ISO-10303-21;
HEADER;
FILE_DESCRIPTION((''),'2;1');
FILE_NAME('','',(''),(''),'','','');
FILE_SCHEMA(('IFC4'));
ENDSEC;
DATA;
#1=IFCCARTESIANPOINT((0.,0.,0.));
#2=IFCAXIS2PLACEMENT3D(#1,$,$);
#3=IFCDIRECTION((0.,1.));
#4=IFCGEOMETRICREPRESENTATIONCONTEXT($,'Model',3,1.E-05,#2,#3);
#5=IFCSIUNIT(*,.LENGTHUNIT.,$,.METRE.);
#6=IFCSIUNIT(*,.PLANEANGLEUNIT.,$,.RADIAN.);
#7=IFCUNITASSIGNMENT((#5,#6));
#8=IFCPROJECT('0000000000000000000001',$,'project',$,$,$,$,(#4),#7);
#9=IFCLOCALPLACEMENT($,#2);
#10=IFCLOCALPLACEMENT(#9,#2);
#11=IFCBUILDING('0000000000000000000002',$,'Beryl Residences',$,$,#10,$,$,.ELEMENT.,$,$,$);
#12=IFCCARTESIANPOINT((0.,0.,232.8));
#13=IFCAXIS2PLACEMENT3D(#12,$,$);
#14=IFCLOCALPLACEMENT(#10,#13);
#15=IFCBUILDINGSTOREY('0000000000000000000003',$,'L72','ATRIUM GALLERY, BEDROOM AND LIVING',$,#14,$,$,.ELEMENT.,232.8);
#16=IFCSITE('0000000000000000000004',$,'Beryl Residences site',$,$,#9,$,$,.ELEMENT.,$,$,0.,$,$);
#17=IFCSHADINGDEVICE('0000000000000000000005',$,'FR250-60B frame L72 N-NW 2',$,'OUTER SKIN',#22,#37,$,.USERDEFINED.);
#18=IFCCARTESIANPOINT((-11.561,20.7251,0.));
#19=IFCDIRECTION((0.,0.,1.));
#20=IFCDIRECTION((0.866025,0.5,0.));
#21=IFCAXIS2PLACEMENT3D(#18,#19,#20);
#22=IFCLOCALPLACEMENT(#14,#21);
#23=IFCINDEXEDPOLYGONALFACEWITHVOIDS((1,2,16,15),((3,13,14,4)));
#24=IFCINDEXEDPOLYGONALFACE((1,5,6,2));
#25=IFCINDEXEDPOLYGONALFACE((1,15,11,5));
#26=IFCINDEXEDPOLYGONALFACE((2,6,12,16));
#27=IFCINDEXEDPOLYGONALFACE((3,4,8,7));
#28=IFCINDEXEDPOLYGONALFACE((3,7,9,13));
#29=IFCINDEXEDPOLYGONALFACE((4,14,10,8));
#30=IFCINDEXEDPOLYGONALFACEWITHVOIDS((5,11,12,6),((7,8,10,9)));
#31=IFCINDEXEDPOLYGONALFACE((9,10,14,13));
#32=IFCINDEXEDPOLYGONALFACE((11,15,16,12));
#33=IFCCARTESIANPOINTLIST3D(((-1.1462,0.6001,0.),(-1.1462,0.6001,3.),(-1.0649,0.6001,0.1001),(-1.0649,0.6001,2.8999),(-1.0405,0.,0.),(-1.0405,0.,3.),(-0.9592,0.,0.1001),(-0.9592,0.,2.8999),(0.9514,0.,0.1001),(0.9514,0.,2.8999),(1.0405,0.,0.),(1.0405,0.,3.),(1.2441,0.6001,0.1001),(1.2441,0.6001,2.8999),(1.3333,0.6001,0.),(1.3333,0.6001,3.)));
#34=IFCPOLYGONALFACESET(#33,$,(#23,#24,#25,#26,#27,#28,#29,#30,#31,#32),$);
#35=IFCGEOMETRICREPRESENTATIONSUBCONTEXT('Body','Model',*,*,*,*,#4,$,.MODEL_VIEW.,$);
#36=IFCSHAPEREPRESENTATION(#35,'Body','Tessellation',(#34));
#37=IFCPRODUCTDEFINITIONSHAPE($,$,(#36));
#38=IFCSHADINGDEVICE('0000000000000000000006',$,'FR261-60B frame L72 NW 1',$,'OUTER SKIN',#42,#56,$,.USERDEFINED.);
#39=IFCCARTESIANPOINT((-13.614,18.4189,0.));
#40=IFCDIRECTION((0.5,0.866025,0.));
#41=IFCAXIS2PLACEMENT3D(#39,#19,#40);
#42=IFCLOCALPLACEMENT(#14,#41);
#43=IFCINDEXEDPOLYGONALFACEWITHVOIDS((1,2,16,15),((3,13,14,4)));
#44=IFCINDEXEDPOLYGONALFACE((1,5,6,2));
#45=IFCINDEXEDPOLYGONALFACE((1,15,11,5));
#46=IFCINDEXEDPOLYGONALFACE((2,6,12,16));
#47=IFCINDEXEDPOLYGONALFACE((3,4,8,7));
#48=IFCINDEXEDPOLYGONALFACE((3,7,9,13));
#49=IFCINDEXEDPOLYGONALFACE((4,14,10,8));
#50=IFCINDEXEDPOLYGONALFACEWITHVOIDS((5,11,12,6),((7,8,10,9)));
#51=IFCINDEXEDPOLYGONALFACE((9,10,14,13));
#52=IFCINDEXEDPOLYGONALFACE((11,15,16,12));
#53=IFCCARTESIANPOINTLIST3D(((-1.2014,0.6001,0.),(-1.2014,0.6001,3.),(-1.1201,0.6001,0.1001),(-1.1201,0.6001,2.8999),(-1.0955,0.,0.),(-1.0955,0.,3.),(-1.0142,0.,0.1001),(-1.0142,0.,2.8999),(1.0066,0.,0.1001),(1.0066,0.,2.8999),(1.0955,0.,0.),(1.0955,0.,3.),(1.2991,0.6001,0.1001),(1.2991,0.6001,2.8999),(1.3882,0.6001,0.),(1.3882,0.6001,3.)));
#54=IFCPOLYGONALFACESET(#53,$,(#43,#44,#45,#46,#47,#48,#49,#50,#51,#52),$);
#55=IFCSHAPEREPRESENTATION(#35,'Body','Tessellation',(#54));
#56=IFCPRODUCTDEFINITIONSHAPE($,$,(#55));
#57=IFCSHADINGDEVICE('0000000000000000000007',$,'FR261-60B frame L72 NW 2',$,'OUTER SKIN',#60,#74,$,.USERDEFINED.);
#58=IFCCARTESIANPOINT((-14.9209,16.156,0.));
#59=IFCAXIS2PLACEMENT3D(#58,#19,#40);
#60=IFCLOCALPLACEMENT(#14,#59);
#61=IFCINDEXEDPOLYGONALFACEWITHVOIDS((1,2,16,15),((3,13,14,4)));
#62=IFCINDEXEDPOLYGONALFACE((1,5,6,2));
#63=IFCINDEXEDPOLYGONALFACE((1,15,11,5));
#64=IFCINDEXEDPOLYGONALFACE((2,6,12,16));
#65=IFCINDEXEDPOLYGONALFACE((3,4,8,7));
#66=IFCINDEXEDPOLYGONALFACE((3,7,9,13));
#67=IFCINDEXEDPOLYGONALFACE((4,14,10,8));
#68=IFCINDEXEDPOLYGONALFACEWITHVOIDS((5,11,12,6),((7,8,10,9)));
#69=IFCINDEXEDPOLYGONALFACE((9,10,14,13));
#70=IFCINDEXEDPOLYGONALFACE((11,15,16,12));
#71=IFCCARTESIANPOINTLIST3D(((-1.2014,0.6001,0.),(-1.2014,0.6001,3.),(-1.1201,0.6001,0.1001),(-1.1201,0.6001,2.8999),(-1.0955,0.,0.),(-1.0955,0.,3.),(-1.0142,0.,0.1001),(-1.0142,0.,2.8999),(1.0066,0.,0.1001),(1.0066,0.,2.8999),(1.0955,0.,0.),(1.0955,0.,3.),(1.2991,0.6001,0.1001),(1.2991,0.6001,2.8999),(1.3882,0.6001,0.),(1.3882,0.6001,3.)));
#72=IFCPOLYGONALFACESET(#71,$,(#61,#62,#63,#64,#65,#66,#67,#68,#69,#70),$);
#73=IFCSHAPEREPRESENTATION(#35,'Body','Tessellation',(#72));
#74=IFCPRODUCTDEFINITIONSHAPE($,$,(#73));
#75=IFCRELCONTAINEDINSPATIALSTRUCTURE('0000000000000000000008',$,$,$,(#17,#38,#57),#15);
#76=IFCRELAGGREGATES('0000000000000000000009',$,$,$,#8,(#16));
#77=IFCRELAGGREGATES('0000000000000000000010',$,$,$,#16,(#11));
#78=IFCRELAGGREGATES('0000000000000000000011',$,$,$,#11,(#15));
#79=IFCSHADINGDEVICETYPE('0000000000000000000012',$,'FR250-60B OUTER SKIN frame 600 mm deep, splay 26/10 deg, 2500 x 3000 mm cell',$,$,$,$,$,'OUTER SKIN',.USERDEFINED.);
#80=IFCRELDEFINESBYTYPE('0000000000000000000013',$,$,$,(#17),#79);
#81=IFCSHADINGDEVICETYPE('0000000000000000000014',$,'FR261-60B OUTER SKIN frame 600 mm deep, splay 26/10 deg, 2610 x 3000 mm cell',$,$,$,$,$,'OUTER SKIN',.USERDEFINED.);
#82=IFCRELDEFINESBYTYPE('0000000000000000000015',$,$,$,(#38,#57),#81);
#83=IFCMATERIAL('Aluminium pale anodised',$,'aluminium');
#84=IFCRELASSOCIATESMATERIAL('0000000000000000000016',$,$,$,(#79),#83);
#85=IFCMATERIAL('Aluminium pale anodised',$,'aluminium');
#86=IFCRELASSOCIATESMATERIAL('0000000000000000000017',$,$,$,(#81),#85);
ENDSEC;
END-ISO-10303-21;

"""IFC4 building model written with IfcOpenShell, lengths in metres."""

from ifc_helpers import new_model, entity, si_unit, direction, frame, origin, place, context, subcontext, project, spatial, source, transform, mapped, material, type_object, type_shapes, element, save


model = new_model("IFC4")

# Units and contexts
model_context = context("Model", 3, precision=1e-05, world=origin(), true_north=direction((0.0, 1.0)))
body_context = subcontext(model_context, "Body", "Model", "MODEL_VIEW")
ifc_project = project(units=[si_unit("LENGTHUNIT", "METRE"), si_unit("PLANEANGLEUNIT", "RADIAN")], contexts=[model_context])

# Site, building, storey
site_placement = place(None, origin())
site = spatial("IfcSite", under=ifc_project, at=site_placement, Name="Beryl Residences site", CompositionType="ELEMENT", RefElevation=0.0)
building_placement = place(site_placement, origin())
building = spatial("IfcBuilding", under=site, at=building_placement, Name="Beryl Residences", CompositionType="ELEMENT")
storey_placement = place(building_placement, frame((0.0, 0.0, 232.8)))
storey = spatial("IfcBuildingStorey", under=building, at=storey_placement, Name="L72", Description="ATRIUM GALLERY, BEDROOM AND LIVING", CompositionType="ELEMENT", Elevation=232.8)

# Shading devices
ifc_material_1 = material(Name="Aluminium pale anodised", Category="aluminium")
shading_device_type_1 = type_object("IfcShadingDeviceType", Name="FR250-60B OUTER SKIN frame 600 mm deep, splay 26/10 deg, 2500 x 3000 mm cell", ElementType="OUTER SKIN", PredefinedType="USERDEFINED", material=ifc_material_1)
cartesian_point_1 = entity("IfcCartesianPoint", [-1.0405, 0.0])
cartesian_point_2 = entity("IfcCartesianPoint", [-0.9514, 0.1001])
cartesian_point_3 = entity("IfcCartesianPoint", [-1.3333, 0.0])
cartesian_point_4 = entity("IfcCartesianPoint", [-1.2441, 0.1001])
shared_shape_1 = source(origin(), body_context, "Body", "SweptSolid", [
    entity("IfcExtrudedAreaSolidTapered", entity("IfcArbitraryProfileDefWithVoids", "AREA", None, entity("IfcPolyline", [cartesian_point_1, entity("IfcCartesianPoint", [1.0405, 0.0]), entity("IfcCartesianPoint", [1.0405, 3.0]), entity("IfcCartesianPoint", [-1.0405, 3.0]), cartesian_point_1]), [entity("IfcPolyline", [cartesian_point_2, entity("IfcCartesianPoint", [0.9592, 0.1001]), entity("IfcCartesianPoint", [0.9592, 2.8999]), entity("IfcCartesianPoint", [-0.9514, 2.8999]), cartesian_point_2])]), entity("IfcAxis2Placement3D", entity("IfcCartesianPoint", [0.0, 0.0, 0.0]), entity("IfcDirection", [0.0, 1.0, 0.0]), entity("IfcDirection", [-1.0, 0.0, 0.0])), entity("IfcDirection", [0.0, 0.0, 1.0]), 0.6001, entity("IfcArbitraryProfileDefWithVoids", "AREA", None, entity("IfcPolyline", [cartesian_point_3, entity("IfcCartesianPoint", [1.1462, 0.0]), entity("IfcCartesianPoint", [1.1462, 3.0]), entity("IfcCartesianPoint", [-1.3333, 3.0]), cartesian_point_3]), [entity("IfcPolyline", [cartesian_point_4, entity("IfcCartesianPoint", [1.0649, 0.1001]), entity("IfcCartesianPoint", [1.0649, 2.8999]), entity("IfcCartesianPoint", [-1.2441, 2.8999]), cartesian_point_4])])),
])
type_shapes(shading_device_type_1, [shared_shape_1])
shading_device_placement = place(storey_placement, frame((-11.561, 20.7251, 0.0), z_axis=(0.0, 0.0, 1.0), x_axis=(0.866025, 0.5, 0.0)))
element("IfcShadingDevice", 1, at=shading_device_placement, inside=storey, type_object=shading_device_type_1, Name="FR250-60B frame L72 N-NW 2", ObjectType="OUTER SKIN", PredefinedType="USERDEFINED", context=body_context, shape_type="MappedRepresentation", body=[
    mapped(shared_shape_1, transform((0.0, 0.0, 0.0))),
])
ifc_material_2 = material(Name="Aluminium pale anodised", Category="aluminium")
shading_device_type_2 = type_object("IfcShadingDeviceType", Name="FR261-60B OUTER SKIN frame 600 mm deep, splay 26/10 deg, 2610 x 3000 mm cell", ElementType="OUTER SKIN", PredefinedType="USERDEFINED", material=ifc_material_2)
cartesian_point_5 = entity("IfcCartesianPoint", [-1.0955, 0.0])
cartesian_point_6 = entity("IfcCartesianPoint", [-1.0066, 0.1001])
cartesian_point_7 = entity("IfcCartesianPoint", [-1.3882, 0.0])
cartesian_point_8 = entity("IfcCartesianPoint", [-1.2991, 0.1001])
shared_shape_2 = source(origin(), body_context, "Body", "SweptSolid", [
    entity("IfcExtrudedAreaSolidTapered", entity("IfcArbitraryProfileDefWithVoids", "AREA", None, entity("IfcPolyline", [cartesian_point_5, entity("IfcCartesianPoint", [1.0955, 0.0]), entity("IfcCartesianPoint", [1.0955, 3.0]), entity("IfcCartesianPoint", [-1.0955, 3.0]), cartesian_point_5]), [entity("IfcPolyline", [cartesian_point_6, entity("IfcCartesianPoint", [1.0142, 0.1001]), entity("IfcCartesianPoint", [1.0142, 2.8999]), entity("IfcCartesianPoint", [-1.0066, 2.8999]), cartesian_point_6])]), entity("IfcAxis2Placement3D", entity("IfcCartesianPoint", [0.0, 0.0, 0.0]), entity("IfcDirection", [0.0, 1.0, 0.0]), entity("IfcDirection", [-1.0, 0.0, 0.0])), entity("IfcDirection", [0.0, 0.0, 1.0]), 0.6001, entity("IfcArbitraryProfileDefWithVoids", "AREA", None, entity("IfcPolyline", [cartesian_point_7, entity("IfcCartesianPoint", [1.2014, 0.0]), entity("IfcCartesianPoint", [1.2014, 3.0]), entity("IfcCartesianPoint", [-1.3882, 3.0]), cartesian_point_7]), [entity("IfcPolyline", [cartesian_point_8, entity("IfcCartesianPoint", [1.1201, 0.1001]), entity("IfcCartesianPoint", [1.1201, 2.8999]), entity("IfcCartesianPoint", [-1.2991, 2.8999]), cartesian_point_8])])),
])
type_shapes(shading_device_type_2, [shared_shape_2])
for number, where, z_axis, x_axis, name in (
    (2, (-13.614, 18.4189, 0.0), (0.0, 0.0, 1.0), (0.5, 0.866025, 0.0), "FR261-60B frame L72 NW 1"),
    (3, (-14.9209, 16.156, 0.0), (0.0, 0.0, 1.0), (0.5, 0.866025, 0.0), "FR261-60B frame L72 NW 2"),
):
    element("IfcShadingDevice", number, at=place(storey_placement, frame(where, z_axis=z_axis, x_axis=x_axis)), inside=storey, type_object=shading_device_type_2, Name=name, ObjectType="OUTER SKIN", PredefinedType="USERDEFINED", context=body_context, shape_type="MappedRepresentation", body=[
        mapped(shared_shape_2, transform((0.0, 0.0, 0.0))),
    ])

save(model, "model.ifc")
